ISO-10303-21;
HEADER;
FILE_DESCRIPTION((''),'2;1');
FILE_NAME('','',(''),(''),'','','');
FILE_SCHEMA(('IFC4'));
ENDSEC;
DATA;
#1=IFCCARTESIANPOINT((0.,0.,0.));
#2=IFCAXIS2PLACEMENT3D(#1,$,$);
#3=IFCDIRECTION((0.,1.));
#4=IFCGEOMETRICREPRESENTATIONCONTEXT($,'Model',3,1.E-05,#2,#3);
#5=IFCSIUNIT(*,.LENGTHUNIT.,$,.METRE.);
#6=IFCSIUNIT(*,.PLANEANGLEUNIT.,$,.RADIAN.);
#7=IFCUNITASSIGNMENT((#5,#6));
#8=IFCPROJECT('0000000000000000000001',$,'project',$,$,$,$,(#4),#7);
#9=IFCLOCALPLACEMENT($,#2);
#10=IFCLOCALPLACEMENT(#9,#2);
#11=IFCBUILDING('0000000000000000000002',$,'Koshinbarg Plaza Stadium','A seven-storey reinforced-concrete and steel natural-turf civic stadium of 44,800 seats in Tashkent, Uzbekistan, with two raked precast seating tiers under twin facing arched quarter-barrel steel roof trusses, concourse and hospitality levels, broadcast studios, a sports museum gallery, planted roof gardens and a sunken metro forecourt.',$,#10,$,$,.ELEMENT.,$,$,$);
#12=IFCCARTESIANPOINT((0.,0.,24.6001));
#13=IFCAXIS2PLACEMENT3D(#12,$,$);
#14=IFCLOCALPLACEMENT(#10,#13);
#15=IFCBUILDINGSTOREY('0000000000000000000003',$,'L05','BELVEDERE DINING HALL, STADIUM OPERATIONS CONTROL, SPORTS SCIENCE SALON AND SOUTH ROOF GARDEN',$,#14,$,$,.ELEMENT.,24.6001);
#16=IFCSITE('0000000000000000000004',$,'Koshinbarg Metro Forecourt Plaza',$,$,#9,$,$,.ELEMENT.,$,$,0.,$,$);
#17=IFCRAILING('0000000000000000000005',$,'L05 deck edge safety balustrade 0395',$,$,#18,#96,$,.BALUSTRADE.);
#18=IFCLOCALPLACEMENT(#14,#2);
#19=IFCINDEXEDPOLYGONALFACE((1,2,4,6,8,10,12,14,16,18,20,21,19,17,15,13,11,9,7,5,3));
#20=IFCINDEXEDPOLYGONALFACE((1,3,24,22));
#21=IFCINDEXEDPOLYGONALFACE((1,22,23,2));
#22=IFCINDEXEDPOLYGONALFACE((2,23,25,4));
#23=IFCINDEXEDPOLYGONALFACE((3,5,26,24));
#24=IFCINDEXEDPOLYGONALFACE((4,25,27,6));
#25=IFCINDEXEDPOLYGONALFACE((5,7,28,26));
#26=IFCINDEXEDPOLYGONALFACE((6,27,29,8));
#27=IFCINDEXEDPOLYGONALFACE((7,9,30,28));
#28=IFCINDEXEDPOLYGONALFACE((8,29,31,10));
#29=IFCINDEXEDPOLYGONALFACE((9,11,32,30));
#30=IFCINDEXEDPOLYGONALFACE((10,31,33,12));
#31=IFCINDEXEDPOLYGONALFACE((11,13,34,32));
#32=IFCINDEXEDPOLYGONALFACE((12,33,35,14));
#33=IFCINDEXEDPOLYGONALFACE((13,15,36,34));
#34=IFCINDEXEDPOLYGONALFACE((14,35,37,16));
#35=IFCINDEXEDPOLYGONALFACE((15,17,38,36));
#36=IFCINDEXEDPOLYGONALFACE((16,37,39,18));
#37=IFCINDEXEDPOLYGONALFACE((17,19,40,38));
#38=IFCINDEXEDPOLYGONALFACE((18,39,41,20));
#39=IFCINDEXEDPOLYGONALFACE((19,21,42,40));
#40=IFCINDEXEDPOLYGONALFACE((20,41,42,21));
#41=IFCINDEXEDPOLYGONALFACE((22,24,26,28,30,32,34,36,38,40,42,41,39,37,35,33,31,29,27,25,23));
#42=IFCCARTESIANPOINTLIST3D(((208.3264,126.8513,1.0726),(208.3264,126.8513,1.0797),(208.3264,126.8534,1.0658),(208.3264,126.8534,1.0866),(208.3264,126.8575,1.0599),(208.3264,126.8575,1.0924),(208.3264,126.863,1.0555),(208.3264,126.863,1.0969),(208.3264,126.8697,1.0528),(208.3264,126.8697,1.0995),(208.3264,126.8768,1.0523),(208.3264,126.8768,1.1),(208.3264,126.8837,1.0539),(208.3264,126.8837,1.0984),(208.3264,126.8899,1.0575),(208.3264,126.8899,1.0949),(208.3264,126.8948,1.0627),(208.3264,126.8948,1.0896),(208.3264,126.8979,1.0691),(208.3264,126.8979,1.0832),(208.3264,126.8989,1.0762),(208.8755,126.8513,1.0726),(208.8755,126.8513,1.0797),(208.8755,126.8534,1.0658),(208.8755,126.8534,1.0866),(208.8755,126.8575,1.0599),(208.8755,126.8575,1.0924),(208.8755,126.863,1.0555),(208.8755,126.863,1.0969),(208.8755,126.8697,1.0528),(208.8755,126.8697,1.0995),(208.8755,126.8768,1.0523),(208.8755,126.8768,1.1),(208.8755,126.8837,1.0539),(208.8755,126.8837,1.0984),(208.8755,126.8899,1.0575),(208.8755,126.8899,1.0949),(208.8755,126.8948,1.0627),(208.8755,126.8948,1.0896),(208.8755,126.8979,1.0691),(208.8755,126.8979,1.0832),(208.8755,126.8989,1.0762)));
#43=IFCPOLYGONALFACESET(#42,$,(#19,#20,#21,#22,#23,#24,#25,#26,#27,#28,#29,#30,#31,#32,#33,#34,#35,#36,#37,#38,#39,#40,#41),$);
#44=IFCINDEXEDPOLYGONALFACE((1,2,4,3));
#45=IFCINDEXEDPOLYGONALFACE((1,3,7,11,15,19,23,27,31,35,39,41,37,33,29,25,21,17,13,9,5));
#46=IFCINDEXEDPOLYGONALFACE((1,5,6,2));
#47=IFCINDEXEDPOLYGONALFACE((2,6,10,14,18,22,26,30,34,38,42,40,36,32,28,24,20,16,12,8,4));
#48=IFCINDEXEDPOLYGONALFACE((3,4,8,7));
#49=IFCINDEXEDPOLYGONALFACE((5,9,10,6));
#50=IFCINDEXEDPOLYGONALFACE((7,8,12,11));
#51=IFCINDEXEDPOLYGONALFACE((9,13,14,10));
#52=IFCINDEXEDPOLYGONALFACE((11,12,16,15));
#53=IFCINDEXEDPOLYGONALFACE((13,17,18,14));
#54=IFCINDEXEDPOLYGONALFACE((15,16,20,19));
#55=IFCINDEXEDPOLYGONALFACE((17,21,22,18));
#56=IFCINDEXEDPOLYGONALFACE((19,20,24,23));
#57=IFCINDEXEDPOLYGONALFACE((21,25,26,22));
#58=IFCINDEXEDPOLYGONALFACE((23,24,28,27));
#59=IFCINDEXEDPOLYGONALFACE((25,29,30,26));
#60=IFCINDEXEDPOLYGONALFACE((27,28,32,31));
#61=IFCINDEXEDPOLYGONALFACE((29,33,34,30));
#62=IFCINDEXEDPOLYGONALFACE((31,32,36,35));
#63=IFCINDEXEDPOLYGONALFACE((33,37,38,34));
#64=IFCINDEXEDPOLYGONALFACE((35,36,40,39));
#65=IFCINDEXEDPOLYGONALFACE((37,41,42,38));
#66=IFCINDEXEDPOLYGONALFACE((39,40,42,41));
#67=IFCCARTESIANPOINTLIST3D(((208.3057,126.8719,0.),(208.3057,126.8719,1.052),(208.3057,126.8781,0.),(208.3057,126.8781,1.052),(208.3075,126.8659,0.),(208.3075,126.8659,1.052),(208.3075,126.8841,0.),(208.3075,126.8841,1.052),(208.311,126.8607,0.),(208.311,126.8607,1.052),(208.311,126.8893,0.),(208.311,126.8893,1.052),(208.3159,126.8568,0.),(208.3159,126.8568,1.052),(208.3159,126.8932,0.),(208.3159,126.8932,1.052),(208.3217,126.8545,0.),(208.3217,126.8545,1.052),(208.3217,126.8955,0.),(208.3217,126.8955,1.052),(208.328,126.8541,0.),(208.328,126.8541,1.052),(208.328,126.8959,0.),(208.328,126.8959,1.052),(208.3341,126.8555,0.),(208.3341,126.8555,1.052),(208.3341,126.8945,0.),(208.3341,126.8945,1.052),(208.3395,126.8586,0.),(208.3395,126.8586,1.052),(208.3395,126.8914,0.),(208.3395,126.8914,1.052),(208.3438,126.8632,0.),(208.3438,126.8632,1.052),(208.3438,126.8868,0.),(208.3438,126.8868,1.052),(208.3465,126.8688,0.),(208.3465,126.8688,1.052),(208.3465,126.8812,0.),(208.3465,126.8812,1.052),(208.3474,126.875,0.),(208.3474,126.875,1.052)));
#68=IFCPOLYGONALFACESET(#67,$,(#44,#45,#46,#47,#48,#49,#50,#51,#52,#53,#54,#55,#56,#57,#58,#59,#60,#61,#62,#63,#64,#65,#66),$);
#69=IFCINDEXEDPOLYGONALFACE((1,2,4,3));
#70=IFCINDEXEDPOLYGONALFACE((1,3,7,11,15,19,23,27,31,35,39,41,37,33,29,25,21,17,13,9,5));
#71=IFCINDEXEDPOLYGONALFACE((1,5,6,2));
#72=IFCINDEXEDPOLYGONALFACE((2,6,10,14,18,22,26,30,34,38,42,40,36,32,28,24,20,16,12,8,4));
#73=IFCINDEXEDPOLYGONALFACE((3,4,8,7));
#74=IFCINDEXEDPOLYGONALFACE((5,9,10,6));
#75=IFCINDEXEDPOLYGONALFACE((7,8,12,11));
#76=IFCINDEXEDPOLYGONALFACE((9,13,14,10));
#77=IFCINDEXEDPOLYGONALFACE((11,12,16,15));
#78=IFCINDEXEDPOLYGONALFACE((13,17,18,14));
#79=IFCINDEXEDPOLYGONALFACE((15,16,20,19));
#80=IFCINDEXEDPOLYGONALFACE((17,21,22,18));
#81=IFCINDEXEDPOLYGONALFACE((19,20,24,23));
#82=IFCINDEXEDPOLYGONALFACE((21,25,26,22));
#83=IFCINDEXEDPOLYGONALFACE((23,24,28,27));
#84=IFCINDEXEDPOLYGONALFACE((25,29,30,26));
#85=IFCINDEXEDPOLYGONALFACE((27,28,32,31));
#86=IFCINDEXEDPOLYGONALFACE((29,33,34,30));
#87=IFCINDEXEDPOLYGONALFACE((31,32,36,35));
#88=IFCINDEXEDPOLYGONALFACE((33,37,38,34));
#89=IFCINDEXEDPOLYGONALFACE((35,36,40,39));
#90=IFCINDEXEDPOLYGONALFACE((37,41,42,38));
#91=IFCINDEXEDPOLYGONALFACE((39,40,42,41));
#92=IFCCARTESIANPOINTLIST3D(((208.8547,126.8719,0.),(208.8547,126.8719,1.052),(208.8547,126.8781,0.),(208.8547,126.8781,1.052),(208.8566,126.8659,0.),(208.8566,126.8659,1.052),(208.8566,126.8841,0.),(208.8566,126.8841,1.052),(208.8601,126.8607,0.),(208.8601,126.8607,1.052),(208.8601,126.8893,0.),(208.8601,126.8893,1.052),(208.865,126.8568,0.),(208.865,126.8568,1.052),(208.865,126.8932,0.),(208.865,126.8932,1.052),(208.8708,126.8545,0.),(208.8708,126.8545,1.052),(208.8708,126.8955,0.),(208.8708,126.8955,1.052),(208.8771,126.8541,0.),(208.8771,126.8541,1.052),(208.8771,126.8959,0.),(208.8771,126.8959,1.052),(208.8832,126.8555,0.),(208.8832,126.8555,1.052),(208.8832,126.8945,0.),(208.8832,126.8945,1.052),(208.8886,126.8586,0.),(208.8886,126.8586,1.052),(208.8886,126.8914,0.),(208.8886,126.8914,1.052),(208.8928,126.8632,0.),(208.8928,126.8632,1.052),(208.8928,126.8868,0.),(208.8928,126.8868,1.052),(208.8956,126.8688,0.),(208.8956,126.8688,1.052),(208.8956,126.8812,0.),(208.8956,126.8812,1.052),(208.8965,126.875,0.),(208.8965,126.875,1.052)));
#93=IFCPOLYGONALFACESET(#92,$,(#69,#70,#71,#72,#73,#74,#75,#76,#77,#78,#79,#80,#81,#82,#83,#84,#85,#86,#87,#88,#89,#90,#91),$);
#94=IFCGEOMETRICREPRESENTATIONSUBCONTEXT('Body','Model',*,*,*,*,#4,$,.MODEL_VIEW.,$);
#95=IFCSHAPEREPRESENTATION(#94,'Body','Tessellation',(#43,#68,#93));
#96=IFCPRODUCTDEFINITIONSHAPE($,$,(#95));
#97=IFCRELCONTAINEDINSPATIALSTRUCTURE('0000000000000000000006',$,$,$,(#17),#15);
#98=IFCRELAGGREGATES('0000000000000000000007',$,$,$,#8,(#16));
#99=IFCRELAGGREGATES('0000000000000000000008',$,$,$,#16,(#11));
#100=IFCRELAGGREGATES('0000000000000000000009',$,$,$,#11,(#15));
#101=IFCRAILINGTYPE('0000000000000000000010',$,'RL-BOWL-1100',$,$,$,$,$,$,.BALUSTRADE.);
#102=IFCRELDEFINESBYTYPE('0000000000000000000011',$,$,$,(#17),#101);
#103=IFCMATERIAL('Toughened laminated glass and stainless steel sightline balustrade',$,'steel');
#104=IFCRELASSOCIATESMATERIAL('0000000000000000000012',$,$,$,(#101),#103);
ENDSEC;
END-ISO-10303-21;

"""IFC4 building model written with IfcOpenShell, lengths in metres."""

from ifc_helpers import new_model, si_unit, direction, frame, origin, origin_2d, place, context, subcontext, project, spatial, circle, extrude, material, type_object, element, save


model = new_model("IFC4")

# Units and contexts
model_context = context("Model", 3, precision=1e-05, world=origin(), true_north=direction((0.0, 1.0)))
body_context = subcontext(model_context, "Body", "Model", "MODEL_VIEW")
ifc_project = project(units=[si_unit("LENGTHUNIT", "METRE"), si_unit("PLANEANGLEUNIT", "RADIAN")], contexts=[model_context])

# Site, building, storey
site_placement = place(None, origin())
site = spatial("IfcSite", under=ifc_project, at=site_placement, Name="Koshinbarg Metro Forecourt Plaza", CompositionType="ELEMENT", RefElevation=0.0)
building_placement = place(site_placement, origin())
building = spatial("IfcBuilding", under=site, at=building_placement, Name="Koshinbarg Plaza Stadium", Description="A seven-storey reinforced-concrete and steel natural-turf civic stadium of 44,800 seats in Tashkent, Uzbekistan, with two raked precast seating tiers under twin facing arched quarter-barrel steel roof trusses, concourse and hospitality levels, broadcast studios, a sports museum gallery, planted roof gardens and a sunken metro forecourt.", CompositionType="ELEMENT")
storey_placement = place(building_placement, frame((0.0, 0.0, 24.6001)))
storey = spatial("IfcBuildingStorey", under=building, at=storey_placement, Name="L05", Description="BELVEDERE DINING HALL, STADIUM OPERATIONS CONTROL, SPORTS SCIENCE SALON AND SOUTH ROOF GARDEN", CompositionType="ELEMENT", Elevation=24.6001)

# Railing
ifc_material_1 = material(Name="Toughened laminated glass and stainless steel sightline balustrade", Category="steel")
railing_type = type_object("IfcRailingType", Name="RL-BOWL-1100", PredefinedType="BALUSTRADE", material=ifc_material_1)
railing_1_placement = place(storey_placement, frame((208.3264, 126.875, 0.0)))
element("IfcRailing", 1, at=railing_1_placement, inside=storey, type_object=railing_type, Name="L05 deck edge safety balustrade 0395", PredefinedType="BALUSTRADE", context=body_context, shape_type="SweptSolid", body=[
    extrude(circle(Radius=0.0239, at=origin_2d()), frame((0.0, 0.0, 1.0762), z_axis=(1.0, 0.0, 0.0), x_axis=(0.0, 1.0, 0.0)), (0.0, 0.0, 1.0), 0.5491),
    extrude(circle(Radius=0.021, at=origin_2d()), origin(), (0.0, 0.0, 1.0), 1.052),
    extrude(circle(Radius=0.021, at=origin_2d()), frame((0.5491, 0.0, 0.0)), (0.0, 0.0, 1.0), 1.052),
])

save(model, "model.ifc")
